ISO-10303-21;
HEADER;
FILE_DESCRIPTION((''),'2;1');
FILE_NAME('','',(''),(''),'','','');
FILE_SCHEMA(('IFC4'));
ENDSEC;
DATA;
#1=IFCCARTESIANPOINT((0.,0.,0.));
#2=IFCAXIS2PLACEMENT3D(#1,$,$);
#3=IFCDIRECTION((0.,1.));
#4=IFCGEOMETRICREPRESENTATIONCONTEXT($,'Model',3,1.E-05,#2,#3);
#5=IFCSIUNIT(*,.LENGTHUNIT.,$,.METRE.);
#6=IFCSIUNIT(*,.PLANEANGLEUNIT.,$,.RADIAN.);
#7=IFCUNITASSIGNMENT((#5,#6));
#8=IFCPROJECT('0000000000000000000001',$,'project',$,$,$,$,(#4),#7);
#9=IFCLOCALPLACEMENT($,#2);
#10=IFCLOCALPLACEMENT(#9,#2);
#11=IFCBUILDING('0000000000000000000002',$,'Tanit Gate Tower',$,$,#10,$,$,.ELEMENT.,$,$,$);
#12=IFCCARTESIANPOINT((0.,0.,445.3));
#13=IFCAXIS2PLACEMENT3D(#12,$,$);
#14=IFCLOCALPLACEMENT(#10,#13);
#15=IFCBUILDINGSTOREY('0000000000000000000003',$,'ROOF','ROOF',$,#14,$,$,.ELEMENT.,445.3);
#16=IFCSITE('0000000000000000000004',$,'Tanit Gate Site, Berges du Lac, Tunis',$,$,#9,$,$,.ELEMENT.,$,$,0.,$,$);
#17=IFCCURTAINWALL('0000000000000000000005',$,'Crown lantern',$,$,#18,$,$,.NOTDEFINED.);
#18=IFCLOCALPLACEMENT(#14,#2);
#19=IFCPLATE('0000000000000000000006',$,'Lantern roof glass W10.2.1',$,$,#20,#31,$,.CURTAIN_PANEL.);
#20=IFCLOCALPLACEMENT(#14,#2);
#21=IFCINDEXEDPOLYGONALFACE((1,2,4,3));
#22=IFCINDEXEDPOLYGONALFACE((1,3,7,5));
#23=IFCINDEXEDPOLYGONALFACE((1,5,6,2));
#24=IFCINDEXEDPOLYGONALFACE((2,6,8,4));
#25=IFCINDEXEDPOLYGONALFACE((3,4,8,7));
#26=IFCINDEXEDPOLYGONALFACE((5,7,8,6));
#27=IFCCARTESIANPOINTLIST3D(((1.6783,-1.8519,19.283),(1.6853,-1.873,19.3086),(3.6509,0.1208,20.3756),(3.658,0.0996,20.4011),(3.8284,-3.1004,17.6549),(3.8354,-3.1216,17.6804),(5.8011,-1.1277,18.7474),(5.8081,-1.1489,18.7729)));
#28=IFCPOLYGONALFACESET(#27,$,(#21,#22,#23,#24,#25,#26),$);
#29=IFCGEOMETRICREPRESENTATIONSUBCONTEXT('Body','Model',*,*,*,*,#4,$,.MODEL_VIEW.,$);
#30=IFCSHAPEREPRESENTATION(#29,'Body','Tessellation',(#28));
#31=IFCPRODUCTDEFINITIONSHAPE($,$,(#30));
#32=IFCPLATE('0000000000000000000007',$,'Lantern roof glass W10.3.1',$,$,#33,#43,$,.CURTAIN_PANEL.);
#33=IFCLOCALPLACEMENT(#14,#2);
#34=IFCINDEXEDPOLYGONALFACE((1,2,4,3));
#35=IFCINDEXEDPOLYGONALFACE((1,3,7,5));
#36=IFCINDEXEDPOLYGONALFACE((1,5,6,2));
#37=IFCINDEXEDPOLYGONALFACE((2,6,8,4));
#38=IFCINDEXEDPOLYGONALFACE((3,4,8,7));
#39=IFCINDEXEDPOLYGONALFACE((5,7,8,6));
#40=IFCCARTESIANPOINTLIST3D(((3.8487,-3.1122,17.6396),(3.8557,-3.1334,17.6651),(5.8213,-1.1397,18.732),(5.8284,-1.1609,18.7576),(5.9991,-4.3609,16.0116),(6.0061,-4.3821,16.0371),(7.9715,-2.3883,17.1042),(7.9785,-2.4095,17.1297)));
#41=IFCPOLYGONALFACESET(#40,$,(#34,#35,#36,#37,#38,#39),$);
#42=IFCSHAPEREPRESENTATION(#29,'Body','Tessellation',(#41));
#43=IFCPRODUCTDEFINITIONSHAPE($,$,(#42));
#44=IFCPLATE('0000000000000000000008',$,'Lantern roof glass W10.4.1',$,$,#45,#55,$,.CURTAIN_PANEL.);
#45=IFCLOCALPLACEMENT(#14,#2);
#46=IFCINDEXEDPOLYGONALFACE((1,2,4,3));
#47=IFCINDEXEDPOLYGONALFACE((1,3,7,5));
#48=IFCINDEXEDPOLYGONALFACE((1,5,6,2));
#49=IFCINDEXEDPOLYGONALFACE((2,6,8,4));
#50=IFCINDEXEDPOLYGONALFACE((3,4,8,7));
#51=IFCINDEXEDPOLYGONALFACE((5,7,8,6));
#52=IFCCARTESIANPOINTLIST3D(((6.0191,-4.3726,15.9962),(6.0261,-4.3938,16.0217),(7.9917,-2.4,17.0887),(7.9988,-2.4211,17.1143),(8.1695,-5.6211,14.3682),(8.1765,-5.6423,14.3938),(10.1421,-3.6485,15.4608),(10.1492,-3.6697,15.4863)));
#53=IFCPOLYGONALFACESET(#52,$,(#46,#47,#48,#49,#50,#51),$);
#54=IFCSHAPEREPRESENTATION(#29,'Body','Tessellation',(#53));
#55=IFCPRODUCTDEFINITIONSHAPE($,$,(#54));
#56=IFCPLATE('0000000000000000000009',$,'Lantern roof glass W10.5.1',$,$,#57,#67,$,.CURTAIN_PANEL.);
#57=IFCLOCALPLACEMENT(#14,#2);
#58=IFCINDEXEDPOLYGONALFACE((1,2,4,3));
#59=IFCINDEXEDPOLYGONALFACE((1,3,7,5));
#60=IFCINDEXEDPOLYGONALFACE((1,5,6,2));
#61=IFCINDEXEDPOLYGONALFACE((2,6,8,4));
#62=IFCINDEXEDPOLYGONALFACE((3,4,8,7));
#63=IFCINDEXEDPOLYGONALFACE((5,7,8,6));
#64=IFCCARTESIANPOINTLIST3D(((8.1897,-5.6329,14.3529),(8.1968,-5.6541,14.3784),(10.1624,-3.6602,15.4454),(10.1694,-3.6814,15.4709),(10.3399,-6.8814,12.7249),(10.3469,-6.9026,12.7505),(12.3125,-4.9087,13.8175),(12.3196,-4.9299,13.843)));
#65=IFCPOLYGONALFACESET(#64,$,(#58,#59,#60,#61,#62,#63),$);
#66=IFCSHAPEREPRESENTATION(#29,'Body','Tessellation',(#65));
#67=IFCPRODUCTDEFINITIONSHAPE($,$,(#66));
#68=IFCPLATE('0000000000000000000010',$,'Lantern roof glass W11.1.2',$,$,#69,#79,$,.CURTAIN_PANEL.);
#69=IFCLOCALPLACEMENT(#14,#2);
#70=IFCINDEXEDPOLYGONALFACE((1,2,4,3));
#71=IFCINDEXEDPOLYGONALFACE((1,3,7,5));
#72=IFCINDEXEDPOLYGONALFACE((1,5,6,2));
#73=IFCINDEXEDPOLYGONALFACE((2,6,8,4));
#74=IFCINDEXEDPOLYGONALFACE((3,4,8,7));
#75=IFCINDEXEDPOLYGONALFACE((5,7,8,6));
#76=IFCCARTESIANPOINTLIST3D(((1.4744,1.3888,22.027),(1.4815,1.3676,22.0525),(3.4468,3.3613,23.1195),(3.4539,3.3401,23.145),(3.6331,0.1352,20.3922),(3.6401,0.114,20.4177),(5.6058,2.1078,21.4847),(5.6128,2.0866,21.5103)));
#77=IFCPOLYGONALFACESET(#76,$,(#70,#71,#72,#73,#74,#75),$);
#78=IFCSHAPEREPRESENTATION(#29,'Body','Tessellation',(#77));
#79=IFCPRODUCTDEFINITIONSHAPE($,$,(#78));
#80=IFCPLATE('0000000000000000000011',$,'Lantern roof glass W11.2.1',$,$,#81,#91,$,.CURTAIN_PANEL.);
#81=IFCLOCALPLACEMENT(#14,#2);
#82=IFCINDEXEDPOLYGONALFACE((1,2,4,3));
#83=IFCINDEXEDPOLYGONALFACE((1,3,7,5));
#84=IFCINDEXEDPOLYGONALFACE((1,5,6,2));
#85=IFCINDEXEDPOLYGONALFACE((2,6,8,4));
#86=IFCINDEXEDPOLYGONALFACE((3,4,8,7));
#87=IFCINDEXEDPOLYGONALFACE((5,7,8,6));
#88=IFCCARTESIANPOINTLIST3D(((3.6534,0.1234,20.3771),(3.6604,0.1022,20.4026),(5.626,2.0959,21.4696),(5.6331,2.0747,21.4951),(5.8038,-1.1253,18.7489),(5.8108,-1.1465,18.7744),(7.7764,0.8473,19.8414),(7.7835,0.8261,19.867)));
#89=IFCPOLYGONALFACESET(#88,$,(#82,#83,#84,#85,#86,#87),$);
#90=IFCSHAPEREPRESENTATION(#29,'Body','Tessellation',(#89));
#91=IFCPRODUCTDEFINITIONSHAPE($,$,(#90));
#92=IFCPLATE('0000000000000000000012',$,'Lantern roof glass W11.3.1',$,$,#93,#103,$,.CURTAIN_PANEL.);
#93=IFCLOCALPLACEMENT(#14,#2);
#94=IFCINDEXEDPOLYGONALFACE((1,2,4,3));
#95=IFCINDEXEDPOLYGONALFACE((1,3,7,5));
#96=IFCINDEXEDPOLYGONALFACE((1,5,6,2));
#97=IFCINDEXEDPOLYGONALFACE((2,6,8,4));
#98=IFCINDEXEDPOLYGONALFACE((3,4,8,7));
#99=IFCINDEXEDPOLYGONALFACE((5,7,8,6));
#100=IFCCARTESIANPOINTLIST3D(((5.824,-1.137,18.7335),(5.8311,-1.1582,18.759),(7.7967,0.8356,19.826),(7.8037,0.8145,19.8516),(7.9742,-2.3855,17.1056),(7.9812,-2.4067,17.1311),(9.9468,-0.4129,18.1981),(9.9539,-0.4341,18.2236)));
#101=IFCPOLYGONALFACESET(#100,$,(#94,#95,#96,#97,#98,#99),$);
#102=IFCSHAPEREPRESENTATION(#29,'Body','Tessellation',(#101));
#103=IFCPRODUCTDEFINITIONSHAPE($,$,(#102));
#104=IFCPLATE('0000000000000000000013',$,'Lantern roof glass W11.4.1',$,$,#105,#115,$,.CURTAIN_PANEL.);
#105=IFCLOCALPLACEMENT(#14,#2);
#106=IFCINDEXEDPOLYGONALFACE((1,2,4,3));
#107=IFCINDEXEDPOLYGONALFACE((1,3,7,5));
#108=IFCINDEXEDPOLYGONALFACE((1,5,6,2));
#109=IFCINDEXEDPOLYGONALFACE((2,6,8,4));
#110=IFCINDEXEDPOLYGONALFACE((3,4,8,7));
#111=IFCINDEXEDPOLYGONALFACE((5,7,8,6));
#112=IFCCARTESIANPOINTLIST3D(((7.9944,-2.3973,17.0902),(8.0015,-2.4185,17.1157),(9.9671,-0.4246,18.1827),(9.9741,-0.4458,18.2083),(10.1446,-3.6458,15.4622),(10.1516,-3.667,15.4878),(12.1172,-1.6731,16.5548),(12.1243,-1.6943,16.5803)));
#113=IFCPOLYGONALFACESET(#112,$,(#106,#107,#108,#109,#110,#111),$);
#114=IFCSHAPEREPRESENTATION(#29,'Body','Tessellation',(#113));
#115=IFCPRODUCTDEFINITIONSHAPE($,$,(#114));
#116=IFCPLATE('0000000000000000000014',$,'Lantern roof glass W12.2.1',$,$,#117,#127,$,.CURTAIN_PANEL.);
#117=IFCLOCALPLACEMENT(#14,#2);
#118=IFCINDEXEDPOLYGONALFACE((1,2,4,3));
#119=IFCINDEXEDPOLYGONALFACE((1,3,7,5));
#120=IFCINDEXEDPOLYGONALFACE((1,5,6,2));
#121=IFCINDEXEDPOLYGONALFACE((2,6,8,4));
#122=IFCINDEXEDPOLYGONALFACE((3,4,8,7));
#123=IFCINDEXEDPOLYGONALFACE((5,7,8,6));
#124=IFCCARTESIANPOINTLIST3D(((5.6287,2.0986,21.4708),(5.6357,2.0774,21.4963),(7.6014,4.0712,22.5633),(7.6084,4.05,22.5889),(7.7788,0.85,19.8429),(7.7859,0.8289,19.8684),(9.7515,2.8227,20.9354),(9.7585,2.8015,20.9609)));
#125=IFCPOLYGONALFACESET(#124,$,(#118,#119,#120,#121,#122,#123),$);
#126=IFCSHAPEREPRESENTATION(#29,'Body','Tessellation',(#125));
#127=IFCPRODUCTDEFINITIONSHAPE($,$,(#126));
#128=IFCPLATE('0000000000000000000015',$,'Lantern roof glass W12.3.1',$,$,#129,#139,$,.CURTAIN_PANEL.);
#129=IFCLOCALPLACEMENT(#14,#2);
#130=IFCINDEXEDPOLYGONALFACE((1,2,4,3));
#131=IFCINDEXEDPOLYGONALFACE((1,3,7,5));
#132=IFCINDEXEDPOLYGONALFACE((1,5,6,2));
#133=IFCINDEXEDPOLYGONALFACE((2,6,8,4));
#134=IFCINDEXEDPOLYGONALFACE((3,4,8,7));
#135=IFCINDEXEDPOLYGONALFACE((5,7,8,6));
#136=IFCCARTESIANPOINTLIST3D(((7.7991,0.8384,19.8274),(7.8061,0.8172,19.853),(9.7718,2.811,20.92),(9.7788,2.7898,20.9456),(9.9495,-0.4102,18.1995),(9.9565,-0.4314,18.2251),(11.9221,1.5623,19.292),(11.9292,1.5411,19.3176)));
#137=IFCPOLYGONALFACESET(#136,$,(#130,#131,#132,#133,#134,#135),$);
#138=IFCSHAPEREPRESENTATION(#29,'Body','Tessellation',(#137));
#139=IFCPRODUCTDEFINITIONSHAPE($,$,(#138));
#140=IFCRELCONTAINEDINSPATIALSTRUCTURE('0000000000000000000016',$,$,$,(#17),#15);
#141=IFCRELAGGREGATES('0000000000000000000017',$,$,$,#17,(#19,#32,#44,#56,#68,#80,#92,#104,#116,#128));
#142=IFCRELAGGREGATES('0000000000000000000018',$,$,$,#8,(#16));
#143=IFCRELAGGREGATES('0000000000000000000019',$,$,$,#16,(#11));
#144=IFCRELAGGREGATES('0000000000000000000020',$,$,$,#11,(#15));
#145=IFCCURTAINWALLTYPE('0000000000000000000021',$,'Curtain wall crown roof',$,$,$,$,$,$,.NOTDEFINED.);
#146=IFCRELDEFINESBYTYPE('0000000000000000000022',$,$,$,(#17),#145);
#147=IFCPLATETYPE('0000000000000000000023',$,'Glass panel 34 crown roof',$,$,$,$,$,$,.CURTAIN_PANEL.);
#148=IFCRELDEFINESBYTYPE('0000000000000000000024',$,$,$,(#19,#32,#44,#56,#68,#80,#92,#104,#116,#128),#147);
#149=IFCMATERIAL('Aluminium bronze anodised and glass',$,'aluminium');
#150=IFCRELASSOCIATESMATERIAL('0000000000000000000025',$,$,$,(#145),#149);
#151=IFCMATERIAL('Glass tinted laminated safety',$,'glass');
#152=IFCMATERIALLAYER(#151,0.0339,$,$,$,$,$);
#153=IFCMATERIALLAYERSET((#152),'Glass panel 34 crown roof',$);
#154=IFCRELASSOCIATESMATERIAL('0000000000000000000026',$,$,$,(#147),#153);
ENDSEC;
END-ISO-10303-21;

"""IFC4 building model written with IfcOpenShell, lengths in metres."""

from ifc_helpers import new_model, si_unit, direction, frame, origin, place, context, subcontext, project, spatial, polyline, outline, extrude, material, layer, layer_set, type_object, element, aggregate, save


model = new_model("IFC4")

# Units and contexts
model_context = context("Model", 3, precision=1e-05, world=origin(), true_north=direction((0.0, 1.0)))
body_context = subcontext(model_context, "Body", "Model", "MODEL_VIEW")
ifc_project = project(units=[si_unit("LENGTHUNIT", "METRE"), si_unit("PLANEANGLEUNIT", "RADIAN")], contexts=[model_context])

# Site, building, storey
site_placement = place(None, origin())
site = spatial("IfcSite", under=ifc_project, at=site_placement, Name="Tanit Gate Site, Berges du Lac, Tunis", CompositionType="ELEMENT", RefElevation=0.0)
building_placement = place(site_placement, origin())
building = spatial("IfcBuilding", under=site, at=building_placement, Name="Tanit Gate Tower", CompositionType="ELEMENT")
storey_placement = place(building_placement, frame((0.0, 0.0, 445.3)))
storey = spatial("IfcBuildingStorey", under=building, at=storey_placement, Name="ROOF", Description="ROOF", CompositionType="ELEMENT", Elevation=445.3)

# Curtain wall, plates
ifc_material_1 = material(Name="Aluminium bronze anodised and glass", Category="aluminium")
curtain_wall_type = type_object("IfcCurtainWallType", Name="Curtain wall crown roof", PredefinedType="NOTDEFINED", material=ifc_material_1)
curtain_wall_placement = place(storey_placement, origin())
curtain_wall = element("IfcCurtainWall", 1, at=curtain_wall_placement, inside=storey, type_object=curtain_wall_type, Name="Crown lantern", PredefinedType="NOTDEFINED")
ifc_material_2 = material(Name="Glass tinted laminated safety", Category="glass")
ifc_layer = layer(ifc_material_2, 0.0339)
ifc_layer_set = layer_set([ifc_layer], Name="Glass panel 34 crown roof")
plate_type = type_object("IfcPlateType", Name="Glass panel 34 crown roof", PredefinedType="CURTAIN_PANEL", material=ifc_layer_set)
plate_1_placement = place(storey_placement, frame((3.8354, -3.1216, 17.6804), z_axis=(0.207513, -0.624518, 0.752938), x_axis=(0.658417, 0.658417, 0.364656)))
plate_1 = element("IfcPlate", 2, at=plate_1_placement, type_object=plate_type, Name="Lantern roof glass W10.2.1", PredefinedType="CURTAIN_PANEL", context=body_context, shape_type="SweptSolid", body=[
    extrude(outline(polyline([(0.0, 0.0), (2.9961, 0.0), (2.9961, 2.972), (0.0001, 2.972), (0.0, 0.0)])), origin(), (0.0, 0.0, -1.0), 0.0339),
])
plate_2_placement = place(storey_placement, frame((6.0061, -4.3821, 16.0371), z_axis=(0.207432, -0.624488, 0.752985), x_axis=(0.658378, 0.658431, 0.364701)))
plate_2 = element("IfcPlate", 3, at=plate_2_placement, type_object=plate_type, Name="Lantern roof glass W10.3.1", PredefinedType="CURTAIN_PANEL", context=body_context, shape_type="SweptSolid", body=[
    extrude(outline(polyline([(0.0, 0.0), (2.9959, 0.0), (2.9961, 2.9719), (0.0002, 2.9722), (0.0, 0.0)])), origin(), (0.0, 0.0, -1.0), 0.0339),
])
plate_3_placement = place(storey_placement, frame((8.1765, -5.6423, 14.3938), z_axis=(0.207456, -0.624484, 0.752982), x_axis=(0.658417, 0.658417, 0.364656)))
plate_3 = element("IfcPlate", 4, at=plate_3_placement, type_object=plate_type, Name="Lantern roof glass W10.4.1", PredefinedType="CURTAIN_PANEL", context=body_context, shape_type="SweptSolid", body=[
    extrude(outline(polyline([(0.0, 0.0), (2.9961, 0.0), (2.9959, 2.9721), (-0.0002, 2.9721), (0.0, 0.0)])), origin(), (0.0, 0.0, -1.0), 0.0339),
])
plate_4_placement = place(storey_placement, frame((10.3469, -6.9026, 12.7505), z_axis=(0.207468, -0.624492, 0.752972), x_axis=(0.658417, 0.658417, 0.364656)))
plate_4 = element("IfcPlate", 5, at=plate_4_placement, type_object=plate_type, Name="Lantern roof glass W10.5.1", PredefinedType="CURTAIN_PANEL", context=body_context, shape_type="SweptSolid", body=[
    extrude(outline(polyline([(0.0, 0.0), (2.9961, 0.0), (2.9961, 2.9719), (0.0, 2.9719), (0.0, 0.0)])), origin(), (0.0, 0.0, -1.0), 0.0339),
])
plate_5_placement = place(storey_placement, frame((3.6401, 0.114, 20.4177), z_axis=(0.207511, -0.624534, 0.752925), x_axis=(0.658421, 0.658407, 0.364668)))
plate_5 = element("IfcPlate", 6, at=plate_5_placement, type_object=plate_type, Name="Lantern roof glass W11.1.2", PredefinedType="CURTAIN_PANEL", context=body_context, shape_type="SweptSolid", body=[
    extrude(outline(polyline([(0.0, 0.0), (2.9961, 0.0), (2.996, 2.984), (0.0002, 2.984), (0.0, 0.0)])), origin(), (0.0, 0.0, -1.0), 0.0339),
])
plate_6_placement = place(storey_placement, frame((5.8108, -1.1465, 18.7744), z_axis=(0.207465, -0.624516, 0.752953), x_axis=(0.658422, 0.658401, 0.364675)))
plate_6 = element("IfcPlate", 7, at=plate_6_placement, type_object=plate_type, Name="Lantern roof glass W11.2.1", PredefinedType="CURTAIN_PANEL", context=body_context, shape_type="SweptSolid", body=[
    extrude(outline(polyline([(0.0, 0.0), (2.9961, 0.0), (2.996, 2.9722), (0.0001, 2.9723), (0.0, 0.0)])), origin(), (0.0, 0.0, -1.0), 0.0339),
])
plate_7_placement = place(storey_placement, frame((7.9812, -2.4067, 17.1311), z_axis=(0.207468, -0.624492, 0.752972), x_axis=(0.658417, 0.658417, 0.364656)))
plate_7 = element("IfcPlate", 8, at=plate_7_placement, type_object=plate_type, Name="Lantern roof glass W11.3.1", PredefinedType="CURTAIN_PANEL", context=body_context, shape_type="SweptSolid", body=[
    extrude(outline(polyline([(0.0, 0.0), (2.9961, 0.0), (2.9961, 2.9719), (0.0, 2.9719), (0.0, 0.0)])), origin(), (0.0, 0.0, -1.0), 0.0339),
])
plate_8_placement = place(storey_placement, frame((10.1516, -3.667, 15.4878), z_axis=(0.207468, -0.624492, 0.752972), x_axis=(0.658417, 0.658417, 0.364656)))
plate_8 = element("IfcPlate", 9, at=plate_8_placement, type_object=plate_type, Name="Lantern roof glass W11.4.1", PredefinedType="CURTAIN_PANEL", context=body_context, shape_type="SweptSolid", body=[
    extrude(outline(polyline([(0.0, 0.0), (2.9961, 0.0), (2.9961, 2.9719), (0.0, 2.9719), (0.0, 0.0)])), origin(), (0.0, 0.0, -1.0), 0.0339),
])
plate_9_placement = place(storey_placement, frame((7.7859, 0.8289, 19.8684), z_axis=(0.207468, -0.624492, 0.752972), x_axis=(0.658417, 0.658417, 0.364656)))
plate_9 = element("IfcPlate", 10, at=plate_9_placement, type_object=plate_type, Name="Lantern roof glass W12.2.1", PredefinedType="CURTAIN_PANEL", context=body_context, shape_type="SweptSolid", body=[
    extrude(outline(polyline([(0.0, 0.0), (2.9961, 0.0), (2.9961, 2.9719), (0.0, 2.9719), (0.0, 0.0)])), origin(), (0.0, 0.0, -1.0), 0.0339),
])
plate_10_placement = place(storey_placement, frame((9.9565, -0.4314, 18.2251), z_axis=(0.20742, -0.62449, 0.752986), x_axis=(0.658447, 0.658387, 0.364656)))
plate_10 = element("IfcPlate", 11, at=plate_10_placement, type_object=plate_type, Name="Lantern roof glass W12.3.1", PredefinedType="CURTAIN_PANEL", context=body_context, shape_type="SweptSolid", body=[
    extrude(outline(polyline([(0.0, 0.0), (2.9959, 0.0), (2.9958, 2.9722), (-0.0003, 2.9721), (0.0, 0.0)])), origin(), (0.0, 0.0, -1.0), 0.0339),
])
aggregate(curtain_wall, [plate_1, plate_2, plate_3, plate_4, plate_5, plate_6, plate_7, plate_8, plate_9, plate_10])

save(model, "model.ifc")
